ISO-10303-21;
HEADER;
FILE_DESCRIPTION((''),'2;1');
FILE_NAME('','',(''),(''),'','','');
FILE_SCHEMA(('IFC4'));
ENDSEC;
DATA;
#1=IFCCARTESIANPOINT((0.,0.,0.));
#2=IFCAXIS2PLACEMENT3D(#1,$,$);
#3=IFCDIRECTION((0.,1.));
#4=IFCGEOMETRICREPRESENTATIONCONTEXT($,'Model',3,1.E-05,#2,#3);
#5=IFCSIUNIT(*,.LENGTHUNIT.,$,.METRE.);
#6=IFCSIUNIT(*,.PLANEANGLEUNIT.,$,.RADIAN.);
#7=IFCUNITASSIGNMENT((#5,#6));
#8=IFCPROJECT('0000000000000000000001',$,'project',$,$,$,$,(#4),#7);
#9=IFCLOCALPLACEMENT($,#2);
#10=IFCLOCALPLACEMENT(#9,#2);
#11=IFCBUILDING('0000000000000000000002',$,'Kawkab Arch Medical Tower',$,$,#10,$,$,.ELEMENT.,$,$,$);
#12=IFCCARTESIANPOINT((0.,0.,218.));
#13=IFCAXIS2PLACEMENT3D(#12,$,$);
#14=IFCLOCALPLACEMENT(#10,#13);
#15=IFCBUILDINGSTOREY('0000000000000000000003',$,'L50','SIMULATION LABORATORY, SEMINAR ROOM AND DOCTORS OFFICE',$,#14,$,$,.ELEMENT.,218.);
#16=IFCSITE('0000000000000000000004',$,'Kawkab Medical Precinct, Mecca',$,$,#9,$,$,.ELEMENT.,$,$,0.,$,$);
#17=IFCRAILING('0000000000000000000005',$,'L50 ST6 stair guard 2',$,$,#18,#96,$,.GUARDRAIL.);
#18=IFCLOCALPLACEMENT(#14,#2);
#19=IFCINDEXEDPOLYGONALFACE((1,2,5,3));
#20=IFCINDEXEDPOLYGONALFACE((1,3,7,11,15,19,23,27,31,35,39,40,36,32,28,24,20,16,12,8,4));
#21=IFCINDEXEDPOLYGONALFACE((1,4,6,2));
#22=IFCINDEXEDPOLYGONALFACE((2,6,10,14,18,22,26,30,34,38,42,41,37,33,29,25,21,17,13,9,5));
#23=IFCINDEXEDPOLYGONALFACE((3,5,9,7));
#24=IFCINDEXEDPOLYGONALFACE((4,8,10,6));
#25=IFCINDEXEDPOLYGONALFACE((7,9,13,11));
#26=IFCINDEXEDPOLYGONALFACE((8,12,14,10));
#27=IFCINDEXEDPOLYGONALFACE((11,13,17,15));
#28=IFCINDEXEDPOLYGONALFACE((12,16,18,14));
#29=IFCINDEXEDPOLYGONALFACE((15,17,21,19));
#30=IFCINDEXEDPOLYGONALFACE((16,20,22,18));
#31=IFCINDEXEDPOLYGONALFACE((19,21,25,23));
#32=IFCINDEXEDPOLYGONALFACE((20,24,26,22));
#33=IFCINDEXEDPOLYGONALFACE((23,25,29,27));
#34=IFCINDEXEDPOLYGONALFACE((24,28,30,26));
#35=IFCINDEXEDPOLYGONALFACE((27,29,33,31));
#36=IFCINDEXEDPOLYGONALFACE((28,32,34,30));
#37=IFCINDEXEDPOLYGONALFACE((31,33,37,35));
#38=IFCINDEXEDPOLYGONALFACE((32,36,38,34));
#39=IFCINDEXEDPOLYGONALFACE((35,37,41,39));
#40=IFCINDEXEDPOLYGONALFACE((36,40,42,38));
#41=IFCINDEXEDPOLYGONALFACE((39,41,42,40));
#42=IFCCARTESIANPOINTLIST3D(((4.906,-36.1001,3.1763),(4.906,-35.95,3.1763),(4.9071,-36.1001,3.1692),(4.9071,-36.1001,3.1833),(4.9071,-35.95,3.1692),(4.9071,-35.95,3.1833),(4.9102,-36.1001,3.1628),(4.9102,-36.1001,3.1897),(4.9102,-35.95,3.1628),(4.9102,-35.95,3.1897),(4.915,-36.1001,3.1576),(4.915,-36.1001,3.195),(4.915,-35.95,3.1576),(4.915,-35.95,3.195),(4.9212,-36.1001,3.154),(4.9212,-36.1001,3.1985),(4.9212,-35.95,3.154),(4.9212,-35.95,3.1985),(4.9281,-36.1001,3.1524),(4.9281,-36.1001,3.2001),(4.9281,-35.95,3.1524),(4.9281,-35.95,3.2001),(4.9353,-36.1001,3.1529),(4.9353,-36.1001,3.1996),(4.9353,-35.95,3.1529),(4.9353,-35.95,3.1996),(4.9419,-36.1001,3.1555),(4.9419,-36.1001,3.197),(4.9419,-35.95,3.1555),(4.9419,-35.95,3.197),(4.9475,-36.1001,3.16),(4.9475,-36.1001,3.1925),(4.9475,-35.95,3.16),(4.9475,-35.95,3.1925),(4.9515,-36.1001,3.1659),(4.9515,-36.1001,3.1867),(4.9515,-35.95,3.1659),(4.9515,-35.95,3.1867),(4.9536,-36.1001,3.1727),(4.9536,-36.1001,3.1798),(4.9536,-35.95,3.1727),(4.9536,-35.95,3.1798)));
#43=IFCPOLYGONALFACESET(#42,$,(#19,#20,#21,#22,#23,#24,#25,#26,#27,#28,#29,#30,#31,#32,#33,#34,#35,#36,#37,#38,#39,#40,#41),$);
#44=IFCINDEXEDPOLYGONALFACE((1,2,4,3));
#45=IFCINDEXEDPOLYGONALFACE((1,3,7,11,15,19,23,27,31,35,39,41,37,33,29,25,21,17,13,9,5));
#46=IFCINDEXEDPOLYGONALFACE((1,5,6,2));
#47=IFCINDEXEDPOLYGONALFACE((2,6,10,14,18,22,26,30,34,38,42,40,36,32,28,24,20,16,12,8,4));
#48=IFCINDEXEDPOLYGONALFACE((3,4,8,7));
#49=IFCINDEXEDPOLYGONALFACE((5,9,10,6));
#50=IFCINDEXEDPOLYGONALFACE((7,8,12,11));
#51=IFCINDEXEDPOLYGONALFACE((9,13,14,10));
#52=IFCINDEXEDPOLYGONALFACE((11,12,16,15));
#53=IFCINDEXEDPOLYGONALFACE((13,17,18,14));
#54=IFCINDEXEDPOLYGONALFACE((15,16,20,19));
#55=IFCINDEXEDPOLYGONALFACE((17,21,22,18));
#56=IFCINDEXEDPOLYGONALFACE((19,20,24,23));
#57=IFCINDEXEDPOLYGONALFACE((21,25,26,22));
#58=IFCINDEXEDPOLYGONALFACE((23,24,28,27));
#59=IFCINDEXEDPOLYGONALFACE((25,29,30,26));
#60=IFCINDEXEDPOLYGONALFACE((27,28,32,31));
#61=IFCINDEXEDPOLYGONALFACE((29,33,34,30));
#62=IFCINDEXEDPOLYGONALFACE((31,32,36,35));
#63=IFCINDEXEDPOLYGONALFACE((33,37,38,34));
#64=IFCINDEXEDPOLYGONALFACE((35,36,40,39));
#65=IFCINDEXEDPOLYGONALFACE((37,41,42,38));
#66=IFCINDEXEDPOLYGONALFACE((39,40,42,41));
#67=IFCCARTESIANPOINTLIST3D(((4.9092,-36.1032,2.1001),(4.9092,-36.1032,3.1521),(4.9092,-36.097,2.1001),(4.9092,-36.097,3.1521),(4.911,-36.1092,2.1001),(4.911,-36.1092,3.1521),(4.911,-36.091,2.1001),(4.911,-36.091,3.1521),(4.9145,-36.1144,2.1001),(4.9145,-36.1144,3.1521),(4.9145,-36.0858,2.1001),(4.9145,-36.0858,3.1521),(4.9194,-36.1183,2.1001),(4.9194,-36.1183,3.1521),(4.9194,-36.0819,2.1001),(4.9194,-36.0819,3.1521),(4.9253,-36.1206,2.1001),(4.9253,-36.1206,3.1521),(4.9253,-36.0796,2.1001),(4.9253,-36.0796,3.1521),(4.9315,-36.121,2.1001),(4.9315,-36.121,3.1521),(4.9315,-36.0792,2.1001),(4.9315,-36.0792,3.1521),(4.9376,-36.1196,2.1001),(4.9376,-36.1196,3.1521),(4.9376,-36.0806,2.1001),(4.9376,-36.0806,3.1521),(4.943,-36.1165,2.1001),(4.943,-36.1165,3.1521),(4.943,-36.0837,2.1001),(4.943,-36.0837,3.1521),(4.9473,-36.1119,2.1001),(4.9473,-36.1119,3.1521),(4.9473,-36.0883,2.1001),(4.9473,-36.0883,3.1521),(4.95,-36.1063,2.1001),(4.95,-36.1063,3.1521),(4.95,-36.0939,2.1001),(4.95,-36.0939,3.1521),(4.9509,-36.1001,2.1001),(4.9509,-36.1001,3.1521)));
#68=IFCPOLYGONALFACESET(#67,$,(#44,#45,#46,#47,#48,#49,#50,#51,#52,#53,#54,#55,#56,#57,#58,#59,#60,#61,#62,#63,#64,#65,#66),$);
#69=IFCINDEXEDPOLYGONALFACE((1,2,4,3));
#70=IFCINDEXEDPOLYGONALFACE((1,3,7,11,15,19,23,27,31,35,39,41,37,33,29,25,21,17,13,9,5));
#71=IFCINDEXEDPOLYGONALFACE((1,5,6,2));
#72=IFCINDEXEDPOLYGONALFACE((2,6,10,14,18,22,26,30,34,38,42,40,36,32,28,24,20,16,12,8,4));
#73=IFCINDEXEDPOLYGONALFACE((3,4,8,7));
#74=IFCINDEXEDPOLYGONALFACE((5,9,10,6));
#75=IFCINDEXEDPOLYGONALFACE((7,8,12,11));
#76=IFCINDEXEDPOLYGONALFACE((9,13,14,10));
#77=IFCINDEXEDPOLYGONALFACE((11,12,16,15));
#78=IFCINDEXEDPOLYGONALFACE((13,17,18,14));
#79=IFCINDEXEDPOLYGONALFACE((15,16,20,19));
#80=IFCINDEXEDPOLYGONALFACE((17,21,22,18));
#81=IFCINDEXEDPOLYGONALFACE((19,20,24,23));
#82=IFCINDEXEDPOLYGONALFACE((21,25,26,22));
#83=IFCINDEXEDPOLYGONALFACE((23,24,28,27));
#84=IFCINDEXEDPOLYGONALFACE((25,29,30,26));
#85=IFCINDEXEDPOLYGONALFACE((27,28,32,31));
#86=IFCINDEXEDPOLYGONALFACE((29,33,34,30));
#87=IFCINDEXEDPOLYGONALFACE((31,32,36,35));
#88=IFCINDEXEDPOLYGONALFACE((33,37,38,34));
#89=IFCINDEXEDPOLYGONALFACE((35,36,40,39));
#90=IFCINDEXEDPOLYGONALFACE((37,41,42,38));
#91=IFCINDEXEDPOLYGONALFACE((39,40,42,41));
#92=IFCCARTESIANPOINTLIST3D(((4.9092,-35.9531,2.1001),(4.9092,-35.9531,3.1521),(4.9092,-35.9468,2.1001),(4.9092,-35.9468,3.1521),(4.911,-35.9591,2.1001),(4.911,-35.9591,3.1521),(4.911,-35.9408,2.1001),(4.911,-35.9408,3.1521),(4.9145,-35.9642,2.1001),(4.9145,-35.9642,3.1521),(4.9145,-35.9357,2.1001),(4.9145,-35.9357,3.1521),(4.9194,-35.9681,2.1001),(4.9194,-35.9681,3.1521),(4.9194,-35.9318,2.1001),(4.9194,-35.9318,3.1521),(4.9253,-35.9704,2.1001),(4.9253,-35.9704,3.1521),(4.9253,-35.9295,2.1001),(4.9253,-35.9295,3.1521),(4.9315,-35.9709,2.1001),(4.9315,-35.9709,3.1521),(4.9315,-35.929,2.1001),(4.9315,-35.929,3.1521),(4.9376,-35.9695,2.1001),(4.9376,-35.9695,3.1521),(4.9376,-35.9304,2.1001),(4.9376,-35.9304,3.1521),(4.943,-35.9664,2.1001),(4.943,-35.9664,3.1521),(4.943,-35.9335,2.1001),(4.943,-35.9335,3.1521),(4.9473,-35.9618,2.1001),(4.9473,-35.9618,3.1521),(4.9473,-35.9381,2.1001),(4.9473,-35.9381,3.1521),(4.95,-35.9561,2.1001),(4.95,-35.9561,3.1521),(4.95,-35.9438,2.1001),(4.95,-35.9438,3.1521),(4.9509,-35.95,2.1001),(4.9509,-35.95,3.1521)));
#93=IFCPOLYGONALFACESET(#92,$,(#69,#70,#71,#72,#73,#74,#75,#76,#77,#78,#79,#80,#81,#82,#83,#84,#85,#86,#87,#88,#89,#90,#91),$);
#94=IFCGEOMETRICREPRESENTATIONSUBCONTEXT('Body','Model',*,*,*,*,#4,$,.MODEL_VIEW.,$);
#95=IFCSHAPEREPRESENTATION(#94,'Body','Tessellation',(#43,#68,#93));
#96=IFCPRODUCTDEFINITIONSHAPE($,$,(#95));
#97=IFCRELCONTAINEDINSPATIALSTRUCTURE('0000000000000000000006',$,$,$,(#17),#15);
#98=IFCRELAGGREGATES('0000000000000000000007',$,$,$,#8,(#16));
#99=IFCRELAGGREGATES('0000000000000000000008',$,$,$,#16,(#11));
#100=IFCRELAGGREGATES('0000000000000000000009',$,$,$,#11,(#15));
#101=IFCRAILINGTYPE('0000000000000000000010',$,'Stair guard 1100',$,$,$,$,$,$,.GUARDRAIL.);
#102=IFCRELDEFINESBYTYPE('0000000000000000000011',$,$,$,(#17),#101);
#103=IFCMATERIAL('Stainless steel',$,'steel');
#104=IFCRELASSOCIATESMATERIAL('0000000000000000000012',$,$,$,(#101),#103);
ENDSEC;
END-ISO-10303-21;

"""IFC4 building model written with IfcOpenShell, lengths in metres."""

from ifc_helpers import new_model, si_unit, direction, frame, origin, origin_2d, place, context, subcontext, project, spatial, circle, extrude, material, type_object, element, save


model = new_model("IFC4")

# Units and contexts
model_context = context("Model", 3, precision=1e-05, world=origin(), true_north=direction((0.0, 1.0)))
body_context = subcontext(model_context, "Body", "Model", "MODEL_VIEW")
ifc_project = project(units=[si_unit("LENGTHUNIT", "METRE"), si_unit("PLANEANGLEUNIT", "RADIAN")], contexts=[model_context])

# Site, building, storey
site_placement = place(None, origin())
site = spatial("IfcSite", under=ifc_project, at=site_placement, Name="Kawkab Medical Precinct, Mecca", CompositionType="ELEMENT", RefElevation=0.0)
building_placement = place(site_placement, origin())
building = spatial("IfcBuilding", under=site, at=building_placement, Name="Kawkab Arch Medical Tower", CompositionType="ELEMENT")
storey_placement = place(building_placement, frame((0.0, 0.0, 218.0)))
storey = spatial("IfcBuildingStorey", under=building, at=storey_placement, Name="L50", Description="SIMULATION LABORATORY, SEMINAR ROOM AND DOCTORS OFFICE", CompositionType="ELEMENT", Elevation=218.0)

# Railing
ifc_material_1 = material(Name="Stainless steel", Category="steel")
railing_type = type_object("IfcRailingType", Name="Stair guard 1100", PredefinedType="GUARDRAIL", material=ifc_material_1)
railing_1_placement = place(storey_placement, frame((4.9299, -36.1001, 2.1001)))
element("IfcRailing", 1, at=railing_1_placement, inside=storey, type_object=railing_type, Name="L50 ST6 stair guard 2", PredefinedType="GUARDRAIL", context=body_context, shape_type="SweptSolid", body=[
    extrude(circle(Radius=0.0239, at=origin_2d()), frame((0.0, 0.0, 1.0762), z_axis=(0.0, 1.0, 0.0), x_axis=(-1.0, 0.0, 0.0)), (0.0, 0.0, 1.0), 0.1501),
    extrude(circle(Radius=0.021, at=origin_2d()), origin(), (0.0, 0.0, 1.0), 1.052),
    extrude(circle(Radius=0.021, at=origin_2d()), frame((0.0, 0.1501, 0.0)), (0.0, 0.0, 1.0), 1.052),
])

save(model, "model.ifc")
